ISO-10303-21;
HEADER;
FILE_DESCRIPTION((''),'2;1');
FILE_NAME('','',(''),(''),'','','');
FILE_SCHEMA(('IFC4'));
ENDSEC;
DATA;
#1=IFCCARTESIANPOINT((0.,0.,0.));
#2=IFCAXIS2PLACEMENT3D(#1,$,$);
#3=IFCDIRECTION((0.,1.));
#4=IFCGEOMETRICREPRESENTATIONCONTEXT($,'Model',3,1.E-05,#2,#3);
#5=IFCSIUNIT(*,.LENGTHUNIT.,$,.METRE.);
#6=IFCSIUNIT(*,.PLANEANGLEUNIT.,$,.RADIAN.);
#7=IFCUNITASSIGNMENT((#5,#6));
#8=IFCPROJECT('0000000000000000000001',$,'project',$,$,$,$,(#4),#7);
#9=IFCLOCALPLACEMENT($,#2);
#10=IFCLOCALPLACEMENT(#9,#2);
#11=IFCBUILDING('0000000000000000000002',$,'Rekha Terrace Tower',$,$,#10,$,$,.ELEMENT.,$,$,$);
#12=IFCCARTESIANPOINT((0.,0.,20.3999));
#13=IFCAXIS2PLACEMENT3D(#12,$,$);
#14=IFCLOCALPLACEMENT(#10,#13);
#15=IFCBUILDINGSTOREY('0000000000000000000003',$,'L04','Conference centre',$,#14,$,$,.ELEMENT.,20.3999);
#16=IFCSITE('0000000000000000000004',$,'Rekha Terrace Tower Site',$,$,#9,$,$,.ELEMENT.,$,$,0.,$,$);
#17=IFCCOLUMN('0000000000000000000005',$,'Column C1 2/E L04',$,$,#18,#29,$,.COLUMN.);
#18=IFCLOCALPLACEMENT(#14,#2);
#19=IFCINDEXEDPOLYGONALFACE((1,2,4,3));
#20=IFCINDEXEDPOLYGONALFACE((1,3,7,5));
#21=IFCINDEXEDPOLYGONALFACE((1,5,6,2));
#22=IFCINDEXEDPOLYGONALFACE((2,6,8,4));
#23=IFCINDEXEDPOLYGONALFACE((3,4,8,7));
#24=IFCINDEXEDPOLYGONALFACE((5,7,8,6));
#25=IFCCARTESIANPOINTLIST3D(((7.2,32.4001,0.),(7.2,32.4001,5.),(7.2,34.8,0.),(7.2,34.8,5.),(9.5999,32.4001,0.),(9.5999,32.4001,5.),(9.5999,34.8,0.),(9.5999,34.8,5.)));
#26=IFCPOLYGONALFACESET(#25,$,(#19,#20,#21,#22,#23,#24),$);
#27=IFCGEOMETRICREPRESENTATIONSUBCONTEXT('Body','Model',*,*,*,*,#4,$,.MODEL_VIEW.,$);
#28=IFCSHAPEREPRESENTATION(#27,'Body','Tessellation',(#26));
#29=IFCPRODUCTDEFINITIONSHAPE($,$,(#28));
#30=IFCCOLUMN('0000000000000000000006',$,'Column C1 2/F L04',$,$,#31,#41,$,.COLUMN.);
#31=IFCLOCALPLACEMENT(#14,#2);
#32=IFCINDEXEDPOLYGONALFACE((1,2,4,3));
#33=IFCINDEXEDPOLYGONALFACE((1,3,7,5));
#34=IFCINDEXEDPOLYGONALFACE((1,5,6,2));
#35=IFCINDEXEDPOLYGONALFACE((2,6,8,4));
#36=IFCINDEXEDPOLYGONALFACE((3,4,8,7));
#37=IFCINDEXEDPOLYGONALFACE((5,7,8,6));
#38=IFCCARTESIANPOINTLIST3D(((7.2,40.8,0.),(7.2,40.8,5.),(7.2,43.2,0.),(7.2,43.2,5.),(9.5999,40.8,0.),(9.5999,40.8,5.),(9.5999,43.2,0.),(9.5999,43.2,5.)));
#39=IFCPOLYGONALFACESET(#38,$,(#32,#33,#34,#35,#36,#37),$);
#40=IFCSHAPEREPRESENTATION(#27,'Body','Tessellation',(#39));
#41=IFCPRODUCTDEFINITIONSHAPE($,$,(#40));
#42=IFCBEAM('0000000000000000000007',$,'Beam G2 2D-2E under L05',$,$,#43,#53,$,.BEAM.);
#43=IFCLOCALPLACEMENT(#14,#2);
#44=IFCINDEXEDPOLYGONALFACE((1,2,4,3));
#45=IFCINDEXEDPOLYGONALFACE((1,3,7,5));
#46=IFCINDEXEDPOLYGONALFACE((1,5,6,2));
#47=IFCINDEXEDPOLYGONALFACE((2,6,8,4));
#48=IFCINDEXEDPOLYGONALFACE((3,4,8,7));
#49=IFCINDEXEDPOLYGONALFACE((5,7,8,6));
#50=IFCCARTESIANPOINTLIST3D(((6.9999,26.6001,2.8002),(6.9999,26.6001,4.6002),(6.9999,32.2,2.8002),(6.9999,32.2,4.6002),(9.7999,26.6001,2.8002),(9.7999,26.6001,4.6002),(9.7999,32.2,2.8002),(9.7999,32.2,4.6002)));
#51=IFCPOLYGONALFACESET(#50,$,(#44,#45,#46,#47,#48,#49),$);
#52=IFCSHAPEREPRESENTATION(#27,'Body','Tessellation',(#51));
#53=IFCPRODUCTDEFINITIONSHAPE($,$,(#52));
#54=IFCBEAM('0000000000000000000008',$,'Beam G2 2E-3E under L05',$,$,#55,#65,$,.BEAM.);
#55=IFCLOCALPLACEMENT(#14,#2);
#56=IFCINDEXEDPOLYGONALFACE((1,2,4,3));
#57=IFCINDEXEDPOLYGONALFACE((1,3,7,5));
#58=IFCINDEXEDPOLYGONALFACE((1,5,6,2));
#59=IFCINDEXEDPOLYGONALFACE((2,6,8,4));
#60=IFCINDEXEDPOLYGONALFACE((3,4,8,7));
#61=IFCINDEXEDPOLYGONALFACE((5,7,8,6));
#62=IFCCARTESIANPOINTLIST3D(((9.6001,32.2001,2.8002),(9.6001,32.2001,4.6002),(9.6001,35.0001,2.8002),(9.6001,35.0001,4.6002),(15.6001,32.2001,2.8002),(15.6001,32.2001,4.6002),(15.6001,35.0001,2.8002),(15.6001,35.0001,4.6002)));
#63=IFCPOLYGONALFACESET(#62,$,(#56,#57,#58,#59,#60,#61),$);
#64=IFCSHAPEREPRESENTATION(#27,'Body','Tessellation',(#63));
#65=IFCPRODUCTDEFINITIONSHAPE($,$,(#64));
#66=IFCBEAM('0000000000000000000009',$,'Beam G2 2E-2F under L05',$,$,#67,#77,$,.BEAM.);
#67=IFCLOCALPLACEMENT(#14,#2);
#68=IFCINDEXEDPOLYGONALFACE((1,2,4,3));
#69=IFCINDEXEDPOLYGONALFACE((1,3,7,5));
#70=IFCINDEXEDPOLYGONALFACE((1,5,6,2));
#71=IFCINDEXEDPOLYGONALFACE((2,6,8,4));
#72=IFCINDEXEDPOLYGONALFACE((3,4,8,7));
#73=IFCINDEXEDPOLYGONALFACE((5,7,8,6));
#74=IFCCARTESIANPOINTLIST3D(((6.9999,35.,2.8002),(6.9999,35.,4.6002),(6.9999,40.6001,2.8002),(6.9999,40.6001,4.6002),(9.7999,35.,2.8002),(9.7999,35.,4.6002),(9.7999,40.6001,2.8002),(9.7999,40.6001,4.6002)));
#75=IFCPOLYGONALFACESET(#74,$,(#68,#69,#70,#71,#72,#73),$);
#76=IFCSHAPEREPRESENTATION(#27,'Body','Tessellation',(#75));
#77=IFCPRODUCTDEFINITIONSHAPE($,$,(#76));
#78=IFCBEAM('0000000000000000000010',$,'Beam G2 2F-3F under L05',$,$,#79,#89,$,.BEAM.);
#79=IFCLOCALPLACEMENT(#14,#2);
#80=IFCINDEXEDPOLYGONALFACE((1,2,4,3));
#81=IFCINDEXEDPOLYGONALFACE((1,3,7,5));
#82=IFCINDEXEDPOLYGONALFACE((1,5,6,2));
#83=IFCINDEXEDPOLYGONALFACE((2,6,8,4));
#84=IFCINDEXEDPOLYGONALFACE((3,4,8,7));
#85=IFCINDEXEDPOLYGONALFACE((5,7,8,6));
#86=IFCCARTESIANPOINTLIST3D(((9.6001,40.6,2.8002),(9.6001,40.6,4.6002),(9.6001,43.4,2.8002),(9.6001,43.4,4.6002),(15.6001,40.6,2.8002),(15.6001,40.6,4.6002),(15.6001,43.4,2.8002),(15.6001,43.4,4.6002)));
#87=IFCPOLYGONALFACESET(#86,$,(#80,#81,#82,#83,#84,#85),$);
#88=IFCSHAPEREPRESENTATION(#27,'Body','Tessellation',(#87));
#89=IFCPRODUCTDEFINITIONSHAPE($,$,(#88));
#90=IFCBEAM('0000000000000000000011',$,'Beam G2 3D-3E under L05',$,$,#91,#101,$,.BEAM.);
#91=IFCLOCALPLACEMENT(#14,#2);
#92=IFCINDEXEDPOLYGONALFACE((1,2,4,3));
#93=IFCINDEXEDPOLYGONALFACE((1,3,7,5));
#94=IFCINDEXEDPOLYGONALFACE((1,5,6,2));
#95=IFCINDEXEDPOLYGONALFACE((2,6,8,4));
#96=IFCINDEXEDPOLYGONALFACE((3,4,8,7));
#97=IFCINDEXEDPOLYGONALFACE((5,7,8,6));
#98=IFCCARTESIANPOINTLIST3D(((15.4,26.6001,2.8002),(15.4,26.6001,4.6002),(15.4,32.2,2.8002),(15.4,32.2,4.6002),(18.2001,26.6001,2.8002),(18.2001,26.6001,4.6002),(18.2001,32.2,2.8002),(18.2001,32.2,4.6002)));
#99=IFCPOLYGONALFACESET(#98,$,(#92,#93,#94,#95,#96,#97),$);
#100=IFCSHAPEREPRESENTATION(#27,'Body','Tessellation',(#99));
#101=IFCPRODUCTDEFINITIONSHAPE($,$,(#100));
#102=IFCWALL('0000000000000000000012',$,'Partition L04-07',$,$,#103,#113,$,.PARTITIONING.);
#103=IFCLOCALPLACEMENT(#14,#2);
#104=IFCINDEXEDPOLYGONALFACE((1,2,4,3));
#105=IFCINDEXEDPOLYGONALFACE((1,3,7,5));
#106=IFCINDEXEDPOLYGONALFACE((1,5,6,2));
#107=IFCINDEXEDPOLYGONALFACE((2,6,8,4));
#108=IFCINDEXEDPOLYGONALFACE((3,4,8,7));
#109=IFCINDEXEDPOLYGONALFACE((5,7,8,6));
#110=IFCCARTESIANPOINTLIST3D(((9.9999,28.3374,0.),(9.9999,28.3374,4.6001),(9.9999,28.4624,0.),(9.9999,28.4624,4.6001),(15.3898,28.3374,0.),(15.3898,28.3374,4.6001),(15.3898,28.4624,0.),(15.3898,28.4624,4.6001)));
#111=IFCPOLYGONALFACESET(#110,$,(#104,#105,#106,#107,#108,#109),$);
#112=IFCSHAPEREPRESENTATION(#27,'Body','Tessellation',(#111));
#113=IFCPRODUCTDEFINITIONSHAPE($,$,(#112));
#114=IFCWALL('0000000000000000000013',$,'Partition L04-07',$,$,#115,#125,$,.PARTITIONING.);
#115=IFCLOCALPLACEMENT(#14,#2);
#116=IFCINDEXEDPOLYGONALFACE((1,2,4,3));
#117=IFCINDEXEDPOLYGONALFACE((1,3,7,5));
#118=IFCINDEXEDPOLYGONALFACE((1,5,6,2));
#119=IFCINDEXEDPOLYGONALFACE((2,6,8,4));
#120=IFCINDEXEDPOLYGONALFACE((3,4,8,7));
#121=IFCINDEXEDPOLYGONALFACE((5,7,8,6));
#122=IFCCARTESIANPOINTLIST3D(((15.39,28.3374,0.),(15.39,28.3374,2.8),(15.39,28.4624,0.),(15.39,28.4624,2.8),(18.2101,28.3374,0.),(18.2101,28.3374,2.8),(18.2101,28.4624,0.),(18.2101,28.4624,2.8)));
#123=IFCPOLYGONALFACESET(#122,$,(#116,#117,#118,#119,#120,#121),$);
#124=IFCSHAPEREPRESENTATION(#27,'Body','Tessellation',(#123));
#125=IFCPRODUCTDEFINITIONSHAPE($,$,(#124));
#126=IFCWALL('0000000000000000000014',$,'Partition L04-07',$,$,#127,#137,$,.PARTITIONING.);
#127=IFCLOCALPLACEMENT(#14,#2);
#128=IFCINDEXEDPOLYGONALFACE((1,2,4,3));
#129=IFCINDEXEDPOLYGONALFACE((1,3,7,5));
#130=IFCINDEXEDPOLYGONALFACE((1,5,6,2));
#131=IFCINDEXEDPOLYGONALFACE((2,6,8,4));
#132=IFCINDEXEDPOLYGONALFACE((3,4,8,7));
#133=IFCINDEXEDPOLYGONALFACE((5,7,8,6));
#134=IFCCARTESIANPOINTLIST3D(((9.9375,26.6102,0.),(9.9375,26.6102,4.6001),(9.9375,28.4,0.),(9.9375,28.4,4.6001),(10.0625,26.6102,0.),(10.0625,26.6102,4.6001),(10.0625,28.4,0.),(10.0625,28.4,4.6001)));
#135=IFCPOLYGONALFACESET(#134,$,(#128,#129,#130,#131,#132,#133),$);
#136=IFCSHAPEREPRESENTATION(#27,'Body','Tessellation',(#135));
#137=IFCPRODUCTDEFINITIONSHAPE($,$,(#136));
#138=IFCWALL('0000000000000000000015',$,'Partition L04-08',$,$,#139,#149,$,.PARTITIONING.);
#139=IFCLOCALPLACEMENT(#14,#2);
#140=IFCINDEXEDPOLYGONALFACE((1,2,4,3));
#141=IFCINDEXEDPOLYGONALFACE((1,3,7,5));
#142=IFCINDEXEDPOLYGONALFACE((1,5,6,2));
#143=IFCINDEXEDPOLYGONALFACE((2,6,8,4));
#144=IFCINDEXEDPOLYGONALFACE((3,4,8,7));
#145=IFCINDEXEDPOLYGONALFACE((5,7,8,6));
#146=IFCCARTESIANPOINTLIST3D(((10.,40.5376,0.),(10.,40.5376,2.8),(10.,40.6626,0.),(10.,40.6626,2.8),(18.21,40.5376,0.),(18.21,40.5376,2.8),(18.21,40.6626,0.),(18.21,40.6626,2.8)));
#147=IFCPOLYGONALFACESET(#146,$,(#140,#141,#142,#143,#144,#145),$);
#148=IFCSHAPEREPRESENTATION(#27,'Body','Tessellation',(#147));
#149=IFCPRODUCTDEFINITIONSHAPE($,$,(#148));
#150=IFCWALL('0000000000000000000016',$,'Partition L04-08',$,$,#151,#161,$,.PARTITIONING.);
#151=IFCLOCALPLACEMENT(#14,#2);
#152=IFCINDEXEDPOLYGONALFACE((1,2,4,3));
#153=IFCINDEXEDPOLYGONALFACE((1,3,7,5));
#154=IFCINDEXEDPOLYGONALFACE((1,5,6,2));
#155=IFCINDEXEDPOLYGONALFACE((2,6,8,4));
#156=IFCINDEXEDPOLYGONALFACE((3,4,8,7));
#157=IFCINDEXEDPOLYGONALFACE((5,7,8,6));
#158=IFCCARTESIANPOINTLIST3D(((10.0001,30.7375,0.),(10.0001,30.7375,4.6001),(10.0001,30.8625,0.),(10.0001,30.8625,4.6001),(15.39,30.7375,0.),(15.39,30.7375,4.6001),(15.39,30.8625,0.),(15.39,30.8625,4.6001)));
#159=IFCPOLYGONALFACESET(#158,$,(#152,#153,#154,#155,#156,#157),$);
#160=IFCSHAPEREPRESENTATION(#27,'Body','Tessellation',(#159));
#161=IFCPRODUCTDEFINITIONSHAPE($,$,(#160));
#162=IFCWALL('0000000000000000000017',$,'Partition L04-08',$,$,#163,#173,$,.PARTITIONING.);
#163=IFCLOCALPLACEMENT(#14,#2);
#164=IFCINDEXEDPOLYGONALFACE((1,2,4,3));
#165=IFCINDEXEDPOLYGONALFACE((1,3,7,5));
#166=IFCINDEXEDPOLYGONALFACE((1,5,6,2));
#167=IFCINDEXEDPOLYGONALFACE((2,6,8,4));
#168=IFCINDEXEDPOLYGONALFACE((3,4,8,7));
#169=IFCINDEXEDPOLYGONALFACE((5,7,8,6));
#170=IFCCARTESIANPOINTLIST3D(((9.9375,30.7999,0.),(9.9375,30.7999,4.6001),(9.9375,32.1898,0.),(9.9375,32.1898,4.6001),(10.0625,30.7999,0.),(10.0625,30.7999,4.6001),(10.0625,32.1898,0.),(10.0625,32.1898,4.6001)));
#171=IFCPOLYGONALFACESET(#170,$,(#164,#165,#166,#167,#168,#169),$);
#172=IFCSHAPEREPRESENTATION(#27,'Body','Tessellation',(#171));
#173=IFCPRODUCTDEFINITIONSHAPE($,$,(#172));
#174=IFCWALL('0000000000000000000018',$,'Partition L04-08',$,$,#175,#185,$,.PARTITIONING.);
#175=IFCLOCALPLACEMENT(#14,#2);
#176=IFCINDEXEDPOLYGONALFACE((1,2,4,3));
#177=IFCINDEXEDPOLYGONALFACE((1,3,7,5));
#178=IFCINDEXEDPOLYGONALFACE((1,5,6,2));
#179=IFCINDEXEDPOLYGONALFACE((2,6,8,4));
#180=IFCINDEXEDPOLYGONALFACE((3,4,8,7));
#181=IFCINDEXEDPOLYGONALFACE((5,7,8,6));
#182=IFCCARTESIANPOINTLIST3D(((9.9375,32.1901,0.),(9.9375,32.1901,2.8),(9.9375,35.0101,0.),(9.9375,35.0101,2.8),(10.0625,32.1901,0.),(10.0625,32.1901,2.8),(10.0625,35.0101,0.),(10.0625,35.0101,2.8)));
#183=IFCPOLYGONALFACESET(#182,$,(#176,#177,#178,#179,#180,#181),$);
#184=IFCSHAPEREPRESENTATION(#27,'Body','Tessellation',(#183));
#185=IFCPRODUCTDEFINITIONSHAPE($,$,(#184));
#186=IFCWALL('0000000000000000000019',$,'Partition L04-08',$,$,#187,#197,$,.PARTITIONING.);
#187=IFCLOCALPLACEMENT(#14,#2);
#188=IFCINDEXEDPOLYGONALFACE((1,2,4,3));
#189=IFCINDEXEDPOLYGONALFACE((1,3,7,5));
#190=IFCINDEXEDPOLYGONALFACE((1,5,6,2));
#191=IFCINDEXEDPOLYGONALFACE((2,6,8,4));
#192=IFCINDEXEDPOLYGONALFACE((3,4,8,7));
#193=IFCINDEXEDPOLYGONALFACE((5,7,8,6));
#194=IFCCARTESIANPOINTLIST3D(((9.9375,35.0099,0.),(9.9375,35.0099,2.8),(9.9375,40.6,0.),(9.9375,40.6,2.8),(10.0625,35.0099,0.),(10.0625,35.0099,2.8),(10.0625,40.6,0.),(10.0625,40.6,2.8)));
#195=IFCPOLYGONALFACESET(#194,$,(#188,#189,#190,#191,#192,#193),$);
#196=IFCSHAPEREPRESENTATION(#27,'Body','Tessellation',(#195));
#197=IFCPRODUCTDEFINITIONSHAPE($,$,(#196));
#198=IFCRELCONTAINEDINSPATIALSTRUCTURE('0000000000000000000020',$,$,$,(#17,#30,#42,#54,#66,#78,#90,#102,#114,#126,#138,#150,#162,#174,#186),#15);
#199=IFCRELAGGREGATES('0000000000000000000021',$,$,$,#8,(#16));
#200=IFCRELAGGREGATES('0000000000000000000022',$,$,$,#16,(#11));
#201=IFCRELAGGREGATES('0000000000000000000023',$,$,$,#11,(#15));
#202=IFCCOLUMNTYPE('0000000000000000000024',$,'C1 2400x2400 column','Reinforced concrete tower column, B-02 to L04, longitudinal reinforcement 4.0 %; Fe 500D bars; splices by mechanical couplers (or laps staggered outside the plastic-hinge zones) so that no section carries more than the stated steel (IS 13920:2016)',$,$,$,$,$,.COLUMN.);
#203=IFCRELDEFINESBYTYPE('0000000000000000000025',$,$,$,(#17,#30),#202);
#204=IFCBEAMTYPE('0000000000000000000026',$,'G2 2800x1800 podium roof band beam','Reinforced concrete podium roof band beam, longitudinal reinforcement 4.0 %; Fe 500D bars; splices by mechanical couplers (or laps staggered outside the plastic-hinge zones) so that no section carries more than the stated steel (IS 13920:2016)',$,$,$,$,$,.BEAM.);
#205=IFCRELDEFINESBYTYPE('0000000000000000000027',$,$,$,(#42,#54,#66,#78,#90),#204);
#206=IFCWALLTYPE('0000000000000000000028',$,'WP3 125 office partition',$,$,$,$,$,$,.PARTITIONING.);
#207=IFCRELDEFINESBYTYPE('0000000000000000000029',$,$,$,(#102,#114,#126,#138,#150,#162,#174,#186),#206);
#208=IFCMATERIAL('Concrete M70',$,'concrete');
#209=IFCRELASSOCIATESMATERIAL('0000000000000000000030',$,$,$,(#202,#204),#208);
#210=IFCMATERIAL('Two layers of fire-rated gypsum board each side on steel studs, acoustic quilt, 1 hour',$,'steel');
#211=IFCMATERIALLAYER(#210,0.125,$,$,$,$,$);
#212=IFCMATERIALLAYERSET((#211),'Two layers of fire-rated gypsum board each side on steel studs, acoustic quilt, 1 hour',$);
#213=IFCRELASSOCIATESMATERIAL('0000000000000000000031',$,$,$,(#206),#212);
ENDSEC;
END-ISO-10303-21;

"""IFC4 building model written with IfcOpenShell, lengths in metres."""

from ifc_helpers import new_model, si_unit, direction, frame, frame_2d, origin, origin_2d, place, context, subcontext, project, spatial, rectangle, extrude, material, layer, layer_set, material_profile, profile_set, type_object, element, save


model = new_model("IFC4")

# Units and contexts
model_context = context("Model", 3, precision=1e-05, world=origin(), true_north=direction((0.0, 1.0)))
body_context = subcontext(model_context, "Body", "Model", "MODEL_VIEW")
ifc_project = project(units=[si_unit("LENGTHUNIT", "METRE"), si_unit("PLANEANGLEUNIT", "RADIAN")], contexts=[model_context])

# Site, building, storey
site_placement = place(None, origin())
site = spatial("IfcSite", under=ifc_project, at=site_placement, Name="Rekha Terrace Tower Site", CompositionType="ELEMENT", RefElevation=0.0)
building_placement = place(site_placement, origin())
building = spatial("IfcBuilding", under=site, at=building_placement, Name="Rekha Terrace Tower", CompositionType="ELEMENT")
storey_placement = place(building_placement, frame((0.0, 0.0, 20.3999)))
storey = spatial("IfcBuildingStorey", under=building, at=storey_placement, Name="L04", Description="Conference centre", CompositionType="ELEMENT", Elevation=20.3999)

# Columns
ifc_material_1 = material(Name="Concrete M70", Category="concrete")
ifc_material_profile_1 = material_profile(ifc_material_1, rectangle(XDim=2.3999, YDim=2.3999, at=origin_2d()), Name="RC 2400x2400")
ifc_profile_set_1 = profile_set([ifc_material_profile_1], Name="Concrete M70")
column_type = type_object("IfcColumnType", Name="C1 2400x2400 column", Description="Reinforced concrete tower column, B-02 to L04, longitudinal reinforcement 4.0 %; Fe 500D bars; splices by mechanical couplers (or laps staggered outside the plastic-hinge zones) so that no section carries more than the stated steel (IS 13920:2016)", PredefinedType="COLUMN", material=ifc_profile_set_1)
for number, where, z_axis, x_axis, name in (
    (1, (8.3999, 33.6001, 0.0), (0.0, 0.0, 1.0), (1.0, 0.0, 0.0), "Column C1 2/E L04"),
    (2, (8.3999, 42.0, 0.0), (0.0, 0.0, 1.0), (1.0, 0.0, 0.0), "Column C1 2/F L04"),
):
    element("IfcColumn", number, at=place(storey_placement, frame(where, z_axis=z_axis, x_axis=x_axis)), inside=storey, type_object=column_type, Name=name, PredefinedType="COLUMN", context=body_context, shape_type="SweptSolid", body=[
        extrude(rectangle(XDim=2.3999, YDim=2.3999, at=origin_2d()), origin(), (0.0, 0.0, 1.0), 5.0),
    ])

# Beams
ifc_material_profile_2 = material_profile(ifc_material_1, rectangle(XDim=2.8, YDim=1.8, at=origin_2d()), Name="RC 2800x1800")
ifc_profile_set_2 = profile_set([ifc_material_profile_2], Name="Concrete M70")
beam_type = type_object("IfcBeamType", Name="G2 2800x1800 podium roof band beam", Description="Reinforced concrete podium roof band beam, longitudinal reinforcement 4.0 %; Fe 500D bars; splices by mechanical couplers (or laps staggered outside the plastic-hinge zones) so that no section carries more than the stated steel (IS 13920:2016)", PredefinedType="BEAM", material=ifc_profile_set_2)
beam_1_placement = place(storey_placement, frame((8.3999, 26.6001, 3.7002), z_axis=(0.0, 1.0, 0.0), x_axis=(-1.0, 0.0, 0.0)))
element("IfcBeam", 3, at=beam_1_placement, inside=storey, type_object=beam_type, Name="Beam G2 2D-2E under L05", PredefinedType="BEAM", context=body_context, shape_type="SweptSolid", body=[
    extrude(rectangle(XDim=2.8, YDim=1.8, at=origin_2d()), origin(), (0.0, 0.0, 1.0), 5.5999),
])
beam_2_placement = place(storey_placement, frame((9.6001, 33.6001, 3.7002), z_axis=(1.0, 0.0, 0.0), x_axis=(0.0, 1.0, 0.0)))
element("IfcBeam", 4, at=beam_2_placement, inside=storey, type_object=beam_type, Name="Beam G2 2E-3E under L05", PredefinedType="BEAM", context=body_context, shape_type="SweptSolid", body=[
    extrude(rectangle(XDim=2.8, YDim=1.8, at=origin_2d()), origin(), (0.0, 0.0, 1.0), 6.0),
])
beam_3_placement = place(storey_placement, frame((8.3999, 35.0, 3.7002), z_axis=(0.0, 1.0, 0.0), x_axis=(-1.0, 0.0, 0.0)))
element("IfcBeam", 5, at=beam_3_placement, inside=storey, type_object=beam_type, Name="Beam G2 2E-2F under L05", PredefinedType="BEAM", context=body_context, shape_type="SweptSolid", body=[
    extrude(rectangle(XDim=2.8, YDim=1.8, at=origin_2d()), origin(), (0.0, 0.0, 1.0), 5.6001),
])
beam_4_placement = place(storey_placement, frame((9.6001, 42.0, 3.7002), z_axis=(1.0, 0.0, 0.0), x_axis=(0.0, 1.0, 0.0)))
element("IfcBeam", 6, at=beam_4_placement, inside=storey, type_object=beam_type, Name="Beam G2 2F-3F under L05", PredefinedType="BEAM", context=body_context, shape_type="SweptSolid", body=[
    extrude(rectangle(XDim=2.8, YDim=1.8, at=origin_2d()), origin(), (0.0, 0.0, 1.0), 6.0),
])
beam_5_placement = place(storey_placement, frame((16.8, 26.6001, 3.7002), z_axis=(0.0, 1.0, 0.0), x_axis=(-1.0, 0.0, 0.0)))
element("IfcBeam", 7, at=beam_5_placement, inside=storey, type_object=beam_type, Name="Beam G2 3D-3E under L05", PredefinedType="BEAM", context=body_context, shape_type="SweptSolid", body=[
    extrude(rectangle(XDim=2.8, YDim=1.8, at=origin_2d()), origin(), (0.0, 0.0, 1.0), 5.5999),
])

# Walls
ifc_material_2 = material(Name="Two layers of fire-rated gypsum board each side on steel studs, acoustic quilt, 1 hour", Category="steel")
ifc_layer_1 = layer(ifc_material_2, 0.125)
ifc_layer_set_1 = layer_set([ifc_layer_1], Name="Two layers of fire-rated gypsum board each side on steel studs, acoustic quilt, 1 hour")
wall_type_1 = type_object("IfcWallType", Name="WP3 125 office partition", PredefinedType="PARTITIONING", material=ifc_layer_set_1)
wall_1_placement = place(storey_placement, frame((10.0, 28.3999, 0.0), z_axis=(0.0, 0.0, 1.0), x_axis=(1.0, 0.0, 0.0)))
element("IfcWall", 8, at=wall_1_placement, inside=storey, type_object=wall_type_1, Name="Partition L04-07", PredefinedType="PARTITIONING", context=body_context, shape_type="SweptSolid", body=[
    extrude(rectangle(XDim=5.3899, YDim=0.125, at=frame_2d((2.6948, 0.0))), origin(), (0.0, 0.0, 1.0), 4.6001),
])
wall_2_placement = place(storey_placement, frame((15.3899, 28.3999, 0.0), z_axis=(0.0, 0.0, 1.0), x_axis=(1.0, 0.0, 0.0)))
element("IfcWall", 9, at=wall_2_placement, inside=storey, type_object=wall_type_1, Name="Partition L04-07", PredefinedType="PARTITIONING", context=body_context, shape_type="SweptSolid", body=[
    extrude(rectangle(XDim=2.8201, YDim=0.125, at=frame_2d((1.4102, 0.0))), origin(), (0.0, 0.0, 1.0), 2.8),
])
wall_3_placement = place(storey_placement, frame((10.0, 26.6101, 0.0), z_axis=(0.0, 0.0, 1.0), x_axis=(0.0, 1.0, 0.0)))
element("IfcWall", 10, at=wall_3_placement, inside=storey, type_object=wall_type_1, Name="Partition L04-07", PredefinedType="PARTITIONING", context=body_context, shape_type="SweptSolid", body=[
    extrude(rectangle(XDim=1.7898, YDim=0.125, at=frame_2d((0.895, 0.0))), origin(), (0.0, 0.0, 1.0), 4.6001),
])
wall_4_placement = place(storey_placement, frame((10.0, 40.6001, 0.0), z_axis=(0.0, 0.0, 1.0), x_axis=(1.0, 0.0, 0.0)))
element("IfcWall", 11, at=wall_4_placement, inside=storey, type_object=wall_type_1, Name="Partition L04-08", PredefinedType="PARTITIONING", context=body_context, shape_type="SweptSolid", body=[
    extrude(rectangle(XDim=8.21, YDim=0.125, at=frame_2d((4.105, 0.0))), origin(), (0.0, 0.0, 1.0), 2.8),
])
wall_5_placement = place(storey_placement, frame((15.3899, 30.8, 0.0), z_axis=(0.0, 0.0, 1.0), x_axis=(-1.0, 0.0, 0.0)))
element("IfcWall", 12, at=wall_5_placement, inside=storey, type_object=wall_type_1, Name="Partition L04-08", PredefinedType="PARTITIONING", context=body_context, shape_type="SweptSolid", body=[
    extrude(rectangle(XDim=5.3899, YDim=0.125, at=frame_2d((2.6948, 0.0))), origin(), (0.0, 0.0, 1.0), 4.6001),
])
wall_6_placement = place(storey_placement, frame((10.0, 30.8, 0.0), z_axis=(0.0, 0.0, 1.0), x_axis=(0.0, 1.0, 0.0)))
element("IfcWall", 13, at=wall_6_placement, inside=storey, type_object=wall_type_1, Name="Partition L04-08", PredefinedType="PARTITIONING", context=body_context, shape_type="SweptSolid", body=[
    extrude(rectangle(XDim=1.3899, YDim=0.125, at=frame_2d((0.6948, 0.0))), origin(), (0.0, 0.0, 1.0), 4.6001),
])
wall_7_placement = place(storey_placement, frame((10.0, 32.1899, 0.0), z_axis=(0.0, 0.0, 1.0), x_axis=(0.0, 1.0, 0.0)))
element("IfcWall", 14, at=wall_7_placement, inside=storey, type_object=wall_type_1, Name="Partition L04-08", PredefinedType="PARTITIONING", context=body_context, shape_type="SweptSolid", body=[
    extrude(rectangle(XDim=2.8201, YDim=0.125, at=frame_2d((1.4102, 0.0))), origin(), (0.0, 0.0, 1.0), 2.8),
])
wall_8_placement = place(storey_placement, frame((10.0, 35.01, 0.0), z_axis=(0.0, 0.0, 1.0), x_axis=(0.0, 1.0, 0.0)))
element("IfcWall", 15, at=wall_8_placement, inside=storey, type_object=wall_type_1, Name="Partition L04-08", PredefinedType="PARTITIONING", context=body_context, shape_type="SweptSolid", body=[
    extrude(rectangle(XDim=5.5901, YDim=0.125, at=frame_2d((2.7949, 0.0))), origin(), (0.0, 0.0, 1.0), 2.8),
])

save(model, "model.ifc")
